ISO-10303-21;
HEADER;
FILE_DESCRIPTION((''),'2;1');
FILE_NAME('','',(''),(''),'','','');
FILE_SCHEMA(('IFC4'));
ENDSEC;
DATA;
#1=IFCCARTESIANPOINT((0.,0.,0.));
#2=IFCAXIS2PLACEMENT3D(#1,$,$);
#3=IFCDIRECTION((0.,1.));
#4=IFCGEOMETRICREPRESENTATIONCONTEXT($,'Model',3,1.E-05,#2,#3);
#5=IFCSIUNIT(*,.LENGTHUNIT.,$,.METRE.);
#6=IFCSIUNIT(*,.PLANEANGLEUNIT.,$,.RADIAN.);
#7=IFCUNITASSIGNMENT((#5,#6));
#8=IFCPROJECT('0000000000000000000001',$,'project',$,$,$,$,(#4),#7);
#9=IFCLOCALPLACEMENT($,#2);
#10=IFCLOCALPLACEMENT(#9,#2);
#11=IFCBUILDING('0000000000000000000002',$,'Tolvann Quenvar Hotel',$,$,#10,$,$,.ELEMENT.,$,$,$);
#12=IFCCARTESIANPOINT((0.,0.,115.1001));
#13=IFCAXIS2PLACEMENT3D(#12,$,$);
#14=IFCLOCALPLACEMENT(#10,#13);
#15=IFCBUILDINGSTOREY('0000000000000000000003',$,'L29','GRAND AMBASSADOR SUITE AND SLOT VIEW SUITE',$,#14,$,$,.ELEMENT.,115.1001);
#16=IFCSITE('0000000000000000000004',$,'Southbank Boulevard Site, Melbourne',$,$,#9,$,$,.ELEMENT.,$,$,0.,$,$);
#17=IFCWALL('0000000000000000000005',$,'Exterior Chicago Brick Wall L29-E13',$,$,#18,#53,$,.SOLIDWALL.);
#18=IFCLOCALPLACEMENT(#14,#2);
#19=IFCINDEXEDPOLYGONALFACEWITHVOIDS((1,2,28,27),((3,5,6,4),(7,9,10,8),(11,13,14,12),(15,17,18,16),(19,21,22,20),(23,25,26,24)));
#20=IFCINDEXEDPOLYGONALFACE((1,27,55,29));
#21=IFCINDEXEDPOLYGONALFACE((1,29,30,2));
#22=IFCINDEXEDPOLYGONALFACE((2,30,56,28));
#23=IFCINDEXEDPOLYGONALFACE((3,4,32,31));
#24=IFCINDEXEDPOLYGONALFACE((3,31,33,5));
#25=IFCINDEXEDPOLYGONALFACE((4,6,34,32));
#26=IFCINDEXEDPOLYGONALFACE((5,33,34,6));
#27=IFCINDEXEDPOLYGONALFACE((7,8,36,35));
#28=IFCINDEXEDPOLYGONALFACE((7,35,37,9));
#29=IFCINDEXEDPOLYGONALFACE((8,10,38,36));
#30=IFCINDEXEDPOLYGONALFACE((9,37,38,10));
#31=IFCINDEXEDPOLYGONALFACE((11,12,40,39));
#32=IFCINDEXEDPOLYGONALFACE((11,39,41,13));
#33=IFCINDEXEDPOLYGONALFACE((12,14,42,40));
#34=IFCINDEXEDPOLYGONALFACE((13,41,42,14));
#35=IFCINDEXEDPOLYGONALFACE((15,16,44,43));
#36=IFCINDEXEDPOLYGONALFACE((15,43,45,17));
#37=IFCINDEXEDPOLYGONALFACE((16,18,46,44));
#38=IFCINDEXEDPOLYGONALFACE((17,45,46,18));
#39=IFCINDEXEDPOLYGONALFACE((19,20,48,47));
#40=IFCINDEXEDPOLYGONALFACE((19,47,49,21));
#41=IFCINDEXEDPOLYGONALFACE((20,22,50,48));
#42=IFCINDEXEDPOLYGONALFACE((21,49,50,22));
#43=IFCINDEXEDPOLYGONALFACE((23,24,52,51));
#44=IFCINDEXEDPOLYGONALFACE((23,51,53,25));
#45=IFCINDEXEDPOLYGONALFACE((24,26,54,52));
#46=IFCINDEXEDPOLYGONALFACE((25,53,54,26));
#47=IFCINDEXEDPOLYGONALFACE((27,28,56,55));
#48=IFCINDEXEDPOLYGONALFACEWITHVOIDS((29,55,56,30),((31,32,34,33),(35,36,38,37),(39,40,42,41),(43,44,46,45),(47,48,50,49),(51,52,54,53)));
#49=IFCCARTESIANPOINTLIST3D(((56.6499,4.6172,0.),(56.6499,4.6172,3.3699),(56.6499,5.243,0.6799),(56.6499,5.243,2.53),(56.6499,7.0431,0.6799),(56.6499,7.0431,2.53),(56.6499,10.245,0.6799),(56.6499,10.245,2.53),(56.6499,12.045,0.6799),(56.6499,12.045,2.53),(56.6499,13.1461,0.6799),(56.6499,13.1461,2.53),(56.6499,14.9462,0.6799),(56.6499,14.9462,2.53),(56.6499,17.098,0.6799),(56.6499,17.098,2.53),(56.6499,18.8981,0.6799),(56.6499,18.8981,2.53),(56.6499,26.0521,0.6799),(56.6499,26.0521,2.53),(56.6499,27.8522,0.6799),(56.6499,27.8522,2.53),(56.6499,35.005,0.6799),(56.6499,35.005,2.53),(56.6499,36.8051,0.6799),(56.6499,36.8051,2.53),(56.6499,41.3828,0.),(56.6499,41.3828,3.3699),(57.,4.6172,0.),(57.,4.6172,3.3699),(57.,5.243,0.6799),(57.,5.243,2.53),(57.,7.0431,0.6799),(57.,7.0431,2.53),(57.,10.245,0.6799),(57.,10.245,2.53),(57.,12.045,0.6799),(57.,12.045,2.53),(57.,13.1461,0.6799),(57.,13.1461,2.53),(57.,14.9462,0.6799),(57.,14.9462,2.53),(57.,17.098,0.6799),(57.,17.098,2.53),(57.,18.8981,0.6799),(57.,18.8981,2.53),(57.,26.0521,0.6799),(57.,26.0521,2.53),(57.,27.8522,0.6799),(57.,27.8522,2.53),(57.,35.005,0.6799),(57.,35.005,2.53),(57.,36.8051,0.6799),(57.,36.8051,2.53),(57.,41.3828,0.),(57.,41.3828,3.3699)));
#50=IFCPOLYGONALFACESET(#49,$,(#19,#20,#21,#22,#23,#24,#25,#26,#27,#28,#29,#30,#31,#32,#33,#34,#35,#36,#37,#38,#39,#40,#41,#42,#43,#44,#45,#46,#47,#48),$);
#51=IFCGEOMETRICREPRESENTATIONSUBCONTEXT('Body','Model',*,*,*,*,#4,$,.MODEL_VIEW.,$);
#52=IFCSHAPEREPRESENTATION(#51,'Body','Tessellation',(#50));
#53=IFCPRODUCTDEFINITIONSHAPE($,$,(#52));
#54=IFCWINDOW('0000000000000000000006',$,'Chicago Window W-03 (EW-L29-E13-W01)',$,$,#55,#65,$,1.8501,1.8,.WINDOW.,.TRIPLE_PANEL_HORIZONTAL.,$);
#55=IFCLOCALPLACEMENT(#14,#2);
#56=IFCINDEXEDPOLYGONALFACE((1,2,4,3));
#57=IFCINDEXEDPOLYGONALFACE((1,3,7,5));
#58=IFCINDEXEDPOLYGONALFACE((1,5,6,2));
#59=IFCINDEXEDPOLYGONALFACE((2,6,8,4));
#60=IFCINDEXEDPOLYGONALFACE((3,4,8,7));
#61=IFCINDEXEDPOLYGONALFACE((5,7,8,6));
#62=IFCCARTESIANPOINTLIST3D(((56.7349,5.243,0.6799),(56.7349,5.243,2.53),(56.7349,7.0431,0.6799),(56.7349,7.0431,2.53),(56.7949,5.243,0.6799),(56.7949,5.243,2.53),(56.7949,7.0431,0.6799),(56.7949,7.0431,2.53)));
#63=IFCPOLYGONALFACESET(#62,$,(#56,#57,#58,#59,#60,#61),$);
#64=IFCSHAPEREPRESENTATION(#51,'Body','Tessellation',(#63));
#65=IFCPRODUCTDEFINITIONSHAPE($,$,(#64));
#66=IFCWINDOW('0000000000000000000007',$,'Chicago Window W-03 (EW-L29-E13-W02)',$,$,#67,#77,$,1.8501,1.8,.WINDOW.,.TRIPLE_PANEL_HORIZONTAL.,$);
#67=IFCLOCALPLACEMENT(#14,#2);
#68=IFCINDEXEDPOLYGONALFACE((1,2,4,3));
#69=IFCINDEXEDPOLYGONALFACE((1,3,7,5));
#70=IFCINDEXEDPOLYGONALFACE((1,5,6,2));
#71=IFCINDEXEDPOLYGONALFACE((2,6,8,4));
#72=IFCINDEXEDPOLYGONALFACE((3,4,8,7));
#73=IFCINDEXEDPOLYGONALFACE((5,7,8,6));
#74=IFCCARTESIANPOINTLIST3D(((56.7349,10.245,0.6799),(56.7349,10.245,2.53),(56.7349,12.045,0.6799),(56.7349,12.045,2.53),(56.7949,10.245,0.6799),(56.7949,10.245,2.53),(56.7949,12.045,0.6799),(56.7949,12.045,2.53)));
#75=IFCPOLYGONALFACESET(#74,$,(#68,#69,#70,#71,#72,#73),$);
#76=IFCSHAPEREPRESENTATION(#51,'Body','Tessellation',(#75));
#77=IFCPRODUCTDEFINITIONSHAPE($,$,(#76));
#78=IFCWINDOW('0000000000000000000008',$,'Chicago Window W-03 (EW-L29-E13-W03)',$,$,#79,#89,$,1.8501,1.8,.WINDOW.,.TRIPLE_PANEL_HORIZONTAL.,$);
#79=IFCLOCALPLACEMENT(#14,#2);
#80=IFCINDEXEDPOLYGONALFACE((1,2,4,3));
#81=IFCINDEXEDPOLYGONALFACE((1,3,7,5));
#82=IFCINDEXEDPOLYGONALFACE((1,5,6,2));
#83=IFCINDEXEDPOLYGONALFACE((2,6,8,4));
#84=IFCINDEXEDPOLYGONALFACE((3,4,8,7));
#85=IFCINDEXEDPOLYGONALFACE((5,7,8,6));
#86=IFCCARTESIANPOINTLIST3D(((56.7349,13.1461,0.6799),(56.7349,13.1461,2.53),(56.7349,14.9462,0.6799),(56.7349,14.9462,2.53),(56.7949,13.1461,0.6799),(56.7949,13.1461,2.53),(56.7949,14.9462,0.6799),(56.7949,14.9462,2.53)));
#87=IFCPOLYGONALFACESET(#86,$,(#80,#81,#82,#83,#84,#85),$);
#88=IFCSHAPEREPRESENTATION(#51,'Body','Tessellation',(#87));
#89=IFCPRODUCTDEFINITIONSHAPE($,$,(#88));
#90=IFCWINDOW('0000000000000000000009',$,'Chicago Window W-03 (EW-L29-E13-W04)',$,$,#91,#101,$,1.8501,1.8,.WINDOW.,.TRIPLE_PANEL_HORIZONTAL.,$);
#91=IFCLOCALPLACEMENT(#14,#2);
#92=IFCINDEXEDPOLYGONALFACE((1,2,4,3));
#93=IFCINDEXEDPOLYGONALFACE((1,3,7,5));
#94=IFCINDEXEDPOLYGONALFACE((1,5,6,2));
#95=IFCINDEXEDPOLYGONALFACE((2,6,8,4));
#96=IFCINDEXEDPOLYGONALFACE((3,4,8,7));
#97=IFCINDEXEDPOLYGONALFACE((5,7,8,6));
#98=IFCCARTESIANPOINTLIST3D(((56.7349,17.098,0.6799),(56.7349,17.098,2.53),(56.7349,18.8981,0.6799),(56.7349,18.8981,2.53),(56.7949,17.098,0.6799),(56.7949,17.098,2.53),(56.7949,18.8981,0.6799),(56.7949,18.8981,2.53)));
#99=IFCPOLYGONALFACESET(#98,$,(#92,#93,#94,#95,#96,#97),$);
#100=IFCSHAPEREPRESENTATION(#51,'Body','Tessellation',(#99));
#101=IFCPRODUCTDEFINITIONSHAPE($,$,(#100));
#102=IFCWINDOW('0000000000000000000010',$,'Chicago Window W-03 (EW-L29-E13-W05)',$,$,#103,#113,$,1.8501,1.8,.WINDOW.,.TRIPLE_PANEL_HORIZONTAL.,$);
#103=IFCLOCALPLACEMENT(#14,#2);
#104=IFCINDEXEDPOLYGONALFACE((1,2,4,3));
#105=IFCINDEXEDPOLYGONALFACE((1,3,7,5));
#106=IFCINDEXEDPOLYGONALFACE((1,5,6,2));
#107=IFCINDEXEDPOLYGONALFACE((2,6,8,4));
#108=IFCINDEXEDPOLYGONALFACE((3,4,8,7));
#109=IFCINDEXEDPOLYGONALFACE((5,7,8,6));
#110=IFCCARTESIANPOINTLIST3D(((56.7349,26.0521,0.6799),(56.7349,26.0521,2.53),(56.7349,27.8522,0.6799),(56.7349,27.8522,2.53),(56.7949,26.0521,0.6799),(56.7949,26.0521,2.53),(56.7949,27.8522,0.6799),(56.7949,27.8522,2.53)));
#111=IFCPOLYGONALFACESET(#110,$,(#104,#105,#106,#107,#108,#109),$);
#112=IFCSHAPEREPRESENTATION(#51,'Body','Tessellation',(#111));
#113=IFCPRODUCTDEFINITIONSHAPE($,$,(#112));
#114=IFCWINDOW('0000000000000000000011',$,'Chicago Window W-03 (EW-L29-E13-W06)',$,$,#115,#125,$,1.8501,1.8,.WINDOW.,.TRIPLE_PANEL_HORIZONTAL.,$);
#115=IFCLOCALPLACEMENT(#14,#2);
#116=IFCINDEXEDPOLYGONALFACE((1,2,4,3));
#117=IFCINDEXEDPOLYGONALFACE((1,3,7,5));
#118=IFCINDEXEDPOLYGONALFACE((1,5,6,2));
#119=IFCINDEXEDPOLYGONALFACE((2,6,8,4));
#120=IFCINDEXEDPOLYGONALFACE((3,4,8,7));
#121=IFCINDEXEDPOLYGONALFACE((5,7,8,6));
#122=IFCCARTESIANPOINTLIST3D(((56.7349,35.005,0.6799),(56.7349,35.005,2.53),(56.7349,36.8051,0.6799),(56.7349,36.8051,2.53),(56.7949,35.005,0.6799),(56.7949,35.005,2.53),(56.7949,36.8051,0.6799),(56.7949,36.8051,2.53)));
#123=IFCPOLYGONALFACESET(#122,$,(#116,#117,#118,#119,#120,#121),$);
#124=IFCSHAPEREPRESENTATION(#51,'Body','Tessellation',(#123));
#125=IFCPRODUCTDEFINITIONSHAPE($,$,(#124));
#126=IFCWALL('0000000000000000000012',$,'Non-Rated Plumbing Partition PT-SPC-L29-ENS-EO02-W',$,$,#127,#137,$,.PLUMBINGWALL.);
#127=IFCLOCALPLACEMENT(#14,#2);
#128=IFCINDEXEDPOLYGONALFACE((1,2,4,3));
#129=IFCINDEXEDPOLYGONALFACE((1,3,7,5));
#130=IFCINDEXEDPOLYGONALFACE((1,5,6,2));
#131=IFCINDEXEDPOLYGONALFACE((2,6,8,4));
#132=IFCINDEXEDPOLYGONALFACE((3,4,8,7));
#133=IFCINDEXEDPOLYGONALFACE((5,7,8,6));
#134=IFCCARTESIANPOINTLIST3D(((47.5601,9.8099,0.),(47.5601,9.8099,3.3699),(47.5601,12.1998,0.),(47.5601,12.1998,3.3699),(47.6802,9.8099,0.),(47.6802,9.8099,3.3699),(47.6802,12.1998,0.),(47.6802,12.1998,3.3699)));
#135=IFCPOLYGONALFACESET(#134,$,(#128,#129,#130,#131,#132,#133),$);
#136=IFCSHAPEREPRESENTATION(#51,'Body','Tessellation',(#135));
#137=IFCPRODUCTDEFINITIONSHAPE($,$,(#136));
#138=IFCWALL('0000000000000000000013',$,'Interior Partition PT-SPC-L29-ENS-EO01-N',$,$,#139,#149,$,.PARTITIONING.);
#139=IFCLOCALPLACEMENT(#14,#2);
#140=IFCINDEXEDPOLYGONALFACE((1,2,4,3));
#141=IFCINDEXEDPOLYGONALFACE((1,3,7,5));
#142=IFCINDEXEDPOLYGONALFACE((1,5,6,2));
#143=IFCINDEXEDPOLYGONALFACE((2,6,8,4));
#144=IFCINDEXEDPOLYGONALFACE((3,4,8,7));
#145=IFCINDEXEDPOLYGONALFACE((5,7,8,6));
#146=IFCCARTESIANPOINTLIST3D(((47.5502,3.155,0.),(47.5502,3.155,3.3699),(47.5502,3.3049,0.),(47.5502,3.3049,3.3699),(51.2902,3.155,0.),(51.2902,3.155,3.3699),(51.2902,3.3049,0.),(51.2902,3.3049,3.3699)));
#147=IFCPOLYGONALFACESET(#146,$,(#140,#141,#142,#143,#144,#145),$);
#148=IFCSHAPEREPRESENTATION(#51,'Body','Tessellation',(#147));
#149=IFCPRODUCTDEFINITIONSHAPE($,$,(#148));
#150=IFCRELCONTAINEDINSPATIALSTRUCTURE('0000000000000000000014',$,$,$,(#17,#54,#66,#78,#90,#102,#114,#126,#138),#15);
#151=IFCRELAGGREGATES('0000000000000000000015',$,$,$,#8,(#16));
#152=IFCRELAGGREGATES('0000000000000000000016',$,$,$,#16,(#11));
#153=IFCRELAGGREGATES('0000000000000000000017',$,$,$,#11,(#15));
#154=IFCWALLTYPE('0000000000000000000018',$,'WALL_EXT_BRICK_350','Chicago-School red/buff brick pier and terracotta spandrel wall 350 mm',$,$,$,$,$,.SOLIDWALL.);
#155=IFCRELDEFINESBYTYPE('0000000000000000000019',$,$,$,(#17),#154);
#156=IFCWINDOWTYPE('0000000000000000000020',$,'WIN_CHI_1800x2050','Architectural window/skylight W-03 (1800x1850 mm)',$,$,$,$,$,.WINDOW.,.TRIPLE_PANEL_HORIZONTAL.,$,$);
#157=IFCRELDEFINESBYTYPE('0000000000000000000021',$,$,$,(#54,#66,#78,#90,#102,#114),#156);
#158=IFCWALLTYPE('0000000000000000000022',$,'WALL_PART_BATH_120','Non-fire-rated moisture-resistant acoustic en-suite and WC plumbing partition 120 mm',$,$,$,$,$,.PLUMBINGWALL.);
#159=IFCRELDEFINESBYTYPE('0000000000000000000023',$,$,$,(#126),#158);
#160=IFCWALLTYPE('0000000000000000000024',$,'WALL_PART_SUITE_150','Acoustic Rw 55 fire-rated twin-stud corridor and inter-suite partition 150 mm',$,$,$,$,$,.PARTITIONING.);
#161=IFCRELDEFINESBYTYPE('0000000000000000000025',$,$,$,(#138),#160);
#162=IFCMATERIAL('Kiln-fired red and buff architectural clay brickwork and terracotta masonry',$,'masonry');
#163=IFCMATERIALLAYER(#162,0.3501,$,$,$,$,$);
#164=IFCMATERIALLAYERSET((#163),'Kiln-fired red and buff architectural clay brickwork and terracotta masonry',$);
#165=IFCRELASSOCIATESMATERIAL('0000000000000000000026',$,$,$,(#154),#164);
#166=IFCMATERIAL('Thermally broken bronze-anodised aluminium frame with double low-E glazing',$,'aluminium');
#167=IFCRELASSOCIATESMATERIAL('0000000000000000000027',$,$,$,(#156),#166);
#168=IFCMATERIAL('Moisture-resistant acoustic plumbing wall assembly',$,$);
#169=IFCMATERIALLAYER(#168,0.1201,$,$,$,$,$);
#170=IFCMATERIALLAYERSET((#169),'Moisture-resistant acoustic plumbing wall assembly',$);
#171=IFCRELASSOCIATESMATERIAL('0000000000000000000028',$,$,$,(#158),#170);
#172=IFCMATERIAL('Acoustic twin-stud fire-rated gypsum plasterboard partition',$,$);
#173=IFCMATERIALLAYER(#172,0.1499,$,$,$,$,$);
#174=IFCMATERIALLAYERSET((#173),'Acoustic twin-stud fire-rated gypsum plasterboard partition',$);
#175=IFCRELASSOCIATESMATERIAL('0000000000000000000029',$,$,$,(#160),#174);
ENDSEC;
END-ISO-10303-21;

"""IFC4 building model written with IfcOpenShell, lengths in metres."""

from ifc_helpers import new_model, si_unit, direction, frame, frame_2d, origin, place, context, subcontext, project, spatial, rectangle, extrude, source, transform, mapped, material, layer, layer_set, type_object, type_shapes, element, fill, save


model = new_model("IFC4")

# Units and contexts
model_context = context("Model", 3, precision=1e-05, world=origin(), true_north=direction((0.0, 1.0)))
body_context = subcontext(model_context, "Body", "Model", "MODEL_VIEW")
ifc_project = project(units=[si_unit("LENGTHUNIT", "METRE"), si_unit("PLANEANGLEUNIT", "RADIAN")], contexts=[model_context])

# Site, building, storey
site_placement = place(None, origin())
site = spatial("IfcSite", under=ifc_project, at=site_placement, Name="Southbank Boulevard Site, Melbourne", CompositionType="ELEMENT", RefElevation=0.0)
building_placement = place(site_placement, origin())
building = spatial("IfcBuilding", under=site, at=building_placement, Name="Tolvann Quenvar Hotel", CompositionType="ELEMENT")
storey_placement = place(building_placement, frame((0.0, 0.0, 115.1001)))
storey = spatial("IfcBuildingStorey", under=building, at=storey_placement, Name="L29", Description="GRAND AMBASSADOR SUITE AND SLOT VIEW SUITE", CompositionType="ELEMENT", Elevation=115.1001)

# Wall, openings, windows
ifc_material_1 = material(Name="Kiln-fired red and buff architectural clay brickwork and terracotta masonry", Category="masonry")
ifc_layer_1 = layer(ifc_material_1, 0.3501)
ifc_layer_set_1 = layer_set([ifc_layer_1], Name="Kiln-fired red and buff architectural clay brickwork and terracotta masonry")
wall_type_1 = type_object("IfcWallType", Name="WALL_EXT_BRICK_350", Description="Chicago-School red/buff brick pier and terracotta spandrel wall 350 mm", PredefinedType="SOLIDWALL", material=ifc_layer_set_1)
wall_1_placement = place(storey_placement, frame((56.825, 4.6172, 0.0), z_axis=(0.0, 0.0, 1.0), x_axis=(0.0, 1.0, 0.0)))
wall_1 = element("IfcWall", 1, at=wall_1_placement, inside=storey, type_object=wall_type_1, Name="Exterior Chicago Brick Wall L29-E13", PredefinedType="SOLIDWALL", context=body_context, shape_type="SweptSolid", body=[
    extrude(rectangle(XDim=36.7656, YDim=0.3501, at=frame_2d((18.3828, 0.0))), origin(), (0.0, 0.0, 1.0), 3.3699),
])
opening_1_placement = place(wall_1_placement, frame((0.626, 0.0, 0.6799)))
opening_1 = element("IfcOpeningElement", 2, at=opening_1_placement, cuts=wall_1, PredefinedType="OPENING", context=body_context, shape_type="SweptSolid", body=[
    extrude(rectangle(XDim=1.8, YDim=1.8501, at=frame_2d((0.8999, 0.925))), frame((0.0, 0.1851, 0.0), z_axis=(0.0, -1.0, 0.0), x_axis=(1.0, 0.0, 0.0)), (0.0, 0.0, 1.0), 0.3701),
])
opening_2_placement = place(wall_1_placement, frame((5.6279, 0.0, 0.6799)))
opening_2 = element("IfcOpeningElement", 3, at=opening_2_placement, cuts=wall_1, PredefinedType="OPENING", context=body_context, shape_type="SweptSolid", body=[
    extrude(rectangle(XDim=1.8, YDim=1.8501, at=frame_2d((0.8999, 0.925))), frame((0.0, 0.1851, 0.0), z_axis=(0.0, -1.0, 0.0), x_axis=(1.0, 0.0, 0.0)), (0.0, 0.0, 1.0), 0.3701),
])
opening_3_placement = place(wall_1_placement, frame((8.5291, 0.0, 0.6799)))
opening_3 = element("IfcOpeningElement", 4, at=opening_3_placement, cuts=wall_1, PredefinedType="OPENING", context=body_context, shape_type="SweptSolid", body=[
    extrude(rectangle(XDim=1.8, YDim=1.8501, at=frame_2d((0.8999, 0.925))), frame((0.0, 0.1851, 0.0), z_axis=(0.0, -1.0, 0.0), x_axis=(1.0, 0.0, 0.0)), (0.0, 0.0, 1.0), 0.3701),
])
opening_4_placement = place(wall_1_placement, frame((12.481, 0.0, 0.6799)))
opening_4 = element("IfcOpeningElement", 5, at=opening_4_placement, cuts=wall_1, PredefinedType="OPENING", context=body_context, shape_type="SweptSolid", body=[
    extrude(rectangle(XDim=1.8, YDim=1.8501, at=frame_2d((0.8999, 0.925))), frame((0.0, 0.1851, 0.0), z_axis=(0.0, -1.0, 0.0), x_axis=(1.0, 0.0, 0.0)), (0.0, 0.0, 1.0), 0.3701),
])
opening_5_placement = place(wall_1_placement, frame((21.4351, 0.0, 0.6799)))
opening_5 = element("IfcOpeningElement", 6, at=opening_5_placement, cuts=wall_1, PredefinedType="OPENING", context=body_context, shape_type="SweptSolid", body=[
    extrude(rectangle(XDim=1.8, YDim=1.8501, at=frame_2d((0.8999, 0.925))), frame((0.0, 0.1851, 0.0), z_axis=(0.0, -1.0, 0.0), x_axis=(1.0, 0.0, 0.0)), (0.0, 0.0, 1.0), 0.3701),
])
opening_6_placement = place(wall_1_placement, frame((30.3879, 0.0, 0.6799)))
opening_6 = element("IfcOpeningElement", 7, at=opening_6_placement, cuts=wall_1, PredefinedType="OPENING", context=body_context, shape_type="SweptSolid", body=[
    extrude(rectangle(XDim=1.8, YDim=1.8501, at=frame_2d((0.8999, 0.925))), frame((0.0, 0.1851, 0.0), z_axis=(0.0, -1.0, 0.0), x_axis=(1.0, 0.0, 0.0)), (0.0, 0.0, 1.0), 0.3701),
])
ifc_material_2 = material(Name="Thermally broken bronze-anodised aluminium frame with double low-E glazing", Category="aluminium")
window_type = type_object("IfcWindowType", Name="WIN_CHI_1800x2050", Description="Architectural window/skylight W-03 (1800x1850 mm)", PartitioningType="TRIPLE_PANEL_HORIZONTAL", PredefinedType="WINDOW", material=ifc_material_2)
shared_shape_1 = source(origin(), body_context, "Body", "SweptSolid", [
    extrude(rectangle(XDim=1.8, YDim=1.8501, at=frame_2d((0.8999, 0.925))), frame((0.0, 0.0901, 0.0), z_axis=(0.0, -1.0, 0.0), x_axis=(1.0, 0.0, 0.0)), (0.0, 0.0, 1.0), 0.0601),
])
type_shapes(window_type, [shared_shape_1])
window_1_placement = place(opening_1_placement, origin())
window_1 = element("IfcWindow", 8, at=window_1_placement, inside=storey, type_object=window_type, Name="Chicago Window W-03 (EW-L29-E13-W01)", OverallHeight=1.8501, OverallWidth=1.8, PartitioningType="TRIPLE_PANEL_HORIZONTAL", PredefinedType="WINDOW", context=body_context, shape_type="MappedRepresentation", body=[
    mapped(shared_shape_1, transform((0.0, 0.0, 0.0), x_axis=(1.0, 0.0, 0.0), y_axis=(0.0, 1.0, 0.0), z_axis=(0.0, 0.0, 1.0), scale=1.0)),
])
fill(opening_1, window_1)
window_2_placement = place(opening_2_placement, origin())
window_2 = element("IfcWindow", 9, at=window_2_placement, inside=storey, type_object=window_type, Name="Chicago Window W-03 (EW-L29-E13-W02)", OverallHeight=1.8501, OverallWidth=1.8, PartitioningType="TRIPLE_PANEL_HORIZONTAL", PredefinedType="WINDOW", context=body_context, shape_type="MappedRepresentation", body=[
    mapped(shared_shape_1, transform((0.0, 0.0, 0.0), x_axis=(1.0, 0.0, 0.0), y_axis=(0.0, 1.0, 0.0), z_axis=(0.0, 0.0, 1.0), scale=1.0)),
])
fill(opening_2, window_2)
window_3_placement = place(opening_3_placement, origin())
window_3 = element("IfcWindow", 10, at=window_3_placement, inside=storey, type_object=window_type, Name="Chicago Window W-03 (EW-L29-E13-W03)", OverallHeight=1.8501, OverallWidth=1.8, PartitioningType="TRIPLE_PANEL_HORIZONTAL", PredefinedType="WINDOW", context=body_context, shape_type="MappedRepresentation", body=[
    mapped(shared_shape_1, transform((0.0, 0.0, 0.0), x_axis=(1.0, 0.0, 0.0), y_axis=(0.0, 1.0, 0.0), z_axis=(0.0, 0.0, 1.0), scale=1.0)),
])
fill(opening_3, window_3)
window_4_placement = place(opening_4_placement, origin())
window_4 = element("IfcWindow", 11, at=window_4_placement, inside=storey, type_object=window_type, Name="Chicago Window W-03 (EW-L29-E13-W04)", OverallHeight=1.8501, OverallWidth=1.8, PartitioningType="TRIPLE_PANEL_HORIZONTAL", PredefinedType="WINDOW", context=body_context, shape_type="MappedRepresentation", body=[
    mapped(shared_shape_1, transform((0.0, 0.0, 0.0), x_axis=(1.0, 0.0, 0.0), y_axis=(0.0, 1.0, 0.0), z_axis=(0.0, 0.0, 1.0), scale=1.0)),
])
fill(opening_4, window_4)
window_5_placement = place(opening_5_placement, origin())
window_5 = element("IfcWindow", 12, at=window_5_placement, inside=storey, type_object=window_type, Name="Chicago Window W-03 (EW-L29-E13-W05)", OverallHeight=1.8501, OverallWidth=1.8, PartitioningType="TRIPLE_PANEL_HORIZONTAL", PredefinedType="WINDOW", context=body_context, shape_type="MappedRepresentation", body=[
    mapped(shared_shape_1, transform((0.0, 0.0, 0.0), x_axis=(1.0, 0.0, 0.0), y_axis=(0.0, 1.0, 0.0), z_axis=(0.0, 0.0, 1.0), scale=1.0)),
])
fill(opening_5, window_5)
window_6_placement = place(opening_6_placement, origin())
window_6 = element("IfcWindow", 13, at=window_6_placement, inside=storey, type_object=window_type, Name="Chicago Window W-03 (EW-L29-E13-W06)", OverallHeight=1.8501, OverallWidth=1.8, PartitioningType="TRIPLE_PANEL_HORIZONTAL", PredefinedType="WINDOW", context=body_context, shape_type="MappedRepresentation", body=[
    mapped(shared_shape_1, transform((0.0, 0.0, 0.0), x_axis=(1.0, 0.0, 0.0), y_axis=(0.0, 1.0, 0.0), z_axis=(0.0, 0.0, 1.0), scale=1.0)),
])
fill(opening_6, window_6)

# Walls
ifc_material_3 = material(Name="Moisture-resistant acoustic plumbing wall assembly")
ifc_layer_2 = layer(ifc_material_3, 0.1201)
ifc_layer_set_2 = layer_set([ifc_layer_2], Name="Moisture-resistant acoustic plumbing wall assembly")
wall_type_2 = type_object("IfcWallType", Name="WALL_PART_BATH_120", Description="Non-fire-rated moisture-resistant acoustic en-suite and WC plumbing partition 120 mm", PredefinedType="PLUMBINGWALL", material=ifc_layer_set_2)
wall_2_placement = place(storey_placement, frame((47.6201, 9.8101, 0.0), z_axis=(0.0, 0.0, 1.0), x_axis=(0.0, 1.0, 0.0)))
element("IfcWall", 14, at=wall_2_placement, inside=storey, type_object=wall_type_2, Name="Non-Rated Plumbing Partition PT-SPC-L29-ENS-EO02-W", PredefinedType="PLUMBINGWALL", context=body_context, shape_type="SweptSolid", body=[
    extrude(rectangle(XDim=2.3899, YDim=0.1201, at=frame_2d((1.1948, 0.0))), origin(), (0.0, 0.0, 1.0), 3.3699),
])
ifc_material_4 = material(Name="Acoustic twin-stud fire-rated gypsum plasterboard partition")
ifc_layer_3 = layer(ifc_material_4, 0.1499)
ifc_layer_set_3 = layer_set([ifc_layer_3], Name="Acoustic twin-stud fire-rated gypsum plasterboard partition")
wall_type_3 = type_object("IfcWallType", Name="WALL_PART_SUITE_150", Description="Acoustic Rw 55 fire-rated twin-stud corridor and inter-suite partition 150 mm", PredefinedType="PARTITIONING", material=ifc_layer_set_3)
wall_3_placement = place(storey_placement, frame((47.55, 3.23, 0.0), z_axis=(0.0, 0.0, 1.0), x_axis=(1.0, 0.0, 0.0)))
element("IfcWall", 15, at=wall_3_placement, inside=storey, type_object=wall_type_3, Name="Interior Partition PT-SPC-L29-ENS-EO01-N", PredefinedType="PARTITIONING", context=body_context, shape_type="SweptSolid", body=[
    extrude(rectangle(XDim=3.74, YDim=0.1499, at=frame_2d((1.8701, 0.0))), origin(), (0.0, 0.0, 1.0), 3.3699),
])

save(model, "model.ifc")
